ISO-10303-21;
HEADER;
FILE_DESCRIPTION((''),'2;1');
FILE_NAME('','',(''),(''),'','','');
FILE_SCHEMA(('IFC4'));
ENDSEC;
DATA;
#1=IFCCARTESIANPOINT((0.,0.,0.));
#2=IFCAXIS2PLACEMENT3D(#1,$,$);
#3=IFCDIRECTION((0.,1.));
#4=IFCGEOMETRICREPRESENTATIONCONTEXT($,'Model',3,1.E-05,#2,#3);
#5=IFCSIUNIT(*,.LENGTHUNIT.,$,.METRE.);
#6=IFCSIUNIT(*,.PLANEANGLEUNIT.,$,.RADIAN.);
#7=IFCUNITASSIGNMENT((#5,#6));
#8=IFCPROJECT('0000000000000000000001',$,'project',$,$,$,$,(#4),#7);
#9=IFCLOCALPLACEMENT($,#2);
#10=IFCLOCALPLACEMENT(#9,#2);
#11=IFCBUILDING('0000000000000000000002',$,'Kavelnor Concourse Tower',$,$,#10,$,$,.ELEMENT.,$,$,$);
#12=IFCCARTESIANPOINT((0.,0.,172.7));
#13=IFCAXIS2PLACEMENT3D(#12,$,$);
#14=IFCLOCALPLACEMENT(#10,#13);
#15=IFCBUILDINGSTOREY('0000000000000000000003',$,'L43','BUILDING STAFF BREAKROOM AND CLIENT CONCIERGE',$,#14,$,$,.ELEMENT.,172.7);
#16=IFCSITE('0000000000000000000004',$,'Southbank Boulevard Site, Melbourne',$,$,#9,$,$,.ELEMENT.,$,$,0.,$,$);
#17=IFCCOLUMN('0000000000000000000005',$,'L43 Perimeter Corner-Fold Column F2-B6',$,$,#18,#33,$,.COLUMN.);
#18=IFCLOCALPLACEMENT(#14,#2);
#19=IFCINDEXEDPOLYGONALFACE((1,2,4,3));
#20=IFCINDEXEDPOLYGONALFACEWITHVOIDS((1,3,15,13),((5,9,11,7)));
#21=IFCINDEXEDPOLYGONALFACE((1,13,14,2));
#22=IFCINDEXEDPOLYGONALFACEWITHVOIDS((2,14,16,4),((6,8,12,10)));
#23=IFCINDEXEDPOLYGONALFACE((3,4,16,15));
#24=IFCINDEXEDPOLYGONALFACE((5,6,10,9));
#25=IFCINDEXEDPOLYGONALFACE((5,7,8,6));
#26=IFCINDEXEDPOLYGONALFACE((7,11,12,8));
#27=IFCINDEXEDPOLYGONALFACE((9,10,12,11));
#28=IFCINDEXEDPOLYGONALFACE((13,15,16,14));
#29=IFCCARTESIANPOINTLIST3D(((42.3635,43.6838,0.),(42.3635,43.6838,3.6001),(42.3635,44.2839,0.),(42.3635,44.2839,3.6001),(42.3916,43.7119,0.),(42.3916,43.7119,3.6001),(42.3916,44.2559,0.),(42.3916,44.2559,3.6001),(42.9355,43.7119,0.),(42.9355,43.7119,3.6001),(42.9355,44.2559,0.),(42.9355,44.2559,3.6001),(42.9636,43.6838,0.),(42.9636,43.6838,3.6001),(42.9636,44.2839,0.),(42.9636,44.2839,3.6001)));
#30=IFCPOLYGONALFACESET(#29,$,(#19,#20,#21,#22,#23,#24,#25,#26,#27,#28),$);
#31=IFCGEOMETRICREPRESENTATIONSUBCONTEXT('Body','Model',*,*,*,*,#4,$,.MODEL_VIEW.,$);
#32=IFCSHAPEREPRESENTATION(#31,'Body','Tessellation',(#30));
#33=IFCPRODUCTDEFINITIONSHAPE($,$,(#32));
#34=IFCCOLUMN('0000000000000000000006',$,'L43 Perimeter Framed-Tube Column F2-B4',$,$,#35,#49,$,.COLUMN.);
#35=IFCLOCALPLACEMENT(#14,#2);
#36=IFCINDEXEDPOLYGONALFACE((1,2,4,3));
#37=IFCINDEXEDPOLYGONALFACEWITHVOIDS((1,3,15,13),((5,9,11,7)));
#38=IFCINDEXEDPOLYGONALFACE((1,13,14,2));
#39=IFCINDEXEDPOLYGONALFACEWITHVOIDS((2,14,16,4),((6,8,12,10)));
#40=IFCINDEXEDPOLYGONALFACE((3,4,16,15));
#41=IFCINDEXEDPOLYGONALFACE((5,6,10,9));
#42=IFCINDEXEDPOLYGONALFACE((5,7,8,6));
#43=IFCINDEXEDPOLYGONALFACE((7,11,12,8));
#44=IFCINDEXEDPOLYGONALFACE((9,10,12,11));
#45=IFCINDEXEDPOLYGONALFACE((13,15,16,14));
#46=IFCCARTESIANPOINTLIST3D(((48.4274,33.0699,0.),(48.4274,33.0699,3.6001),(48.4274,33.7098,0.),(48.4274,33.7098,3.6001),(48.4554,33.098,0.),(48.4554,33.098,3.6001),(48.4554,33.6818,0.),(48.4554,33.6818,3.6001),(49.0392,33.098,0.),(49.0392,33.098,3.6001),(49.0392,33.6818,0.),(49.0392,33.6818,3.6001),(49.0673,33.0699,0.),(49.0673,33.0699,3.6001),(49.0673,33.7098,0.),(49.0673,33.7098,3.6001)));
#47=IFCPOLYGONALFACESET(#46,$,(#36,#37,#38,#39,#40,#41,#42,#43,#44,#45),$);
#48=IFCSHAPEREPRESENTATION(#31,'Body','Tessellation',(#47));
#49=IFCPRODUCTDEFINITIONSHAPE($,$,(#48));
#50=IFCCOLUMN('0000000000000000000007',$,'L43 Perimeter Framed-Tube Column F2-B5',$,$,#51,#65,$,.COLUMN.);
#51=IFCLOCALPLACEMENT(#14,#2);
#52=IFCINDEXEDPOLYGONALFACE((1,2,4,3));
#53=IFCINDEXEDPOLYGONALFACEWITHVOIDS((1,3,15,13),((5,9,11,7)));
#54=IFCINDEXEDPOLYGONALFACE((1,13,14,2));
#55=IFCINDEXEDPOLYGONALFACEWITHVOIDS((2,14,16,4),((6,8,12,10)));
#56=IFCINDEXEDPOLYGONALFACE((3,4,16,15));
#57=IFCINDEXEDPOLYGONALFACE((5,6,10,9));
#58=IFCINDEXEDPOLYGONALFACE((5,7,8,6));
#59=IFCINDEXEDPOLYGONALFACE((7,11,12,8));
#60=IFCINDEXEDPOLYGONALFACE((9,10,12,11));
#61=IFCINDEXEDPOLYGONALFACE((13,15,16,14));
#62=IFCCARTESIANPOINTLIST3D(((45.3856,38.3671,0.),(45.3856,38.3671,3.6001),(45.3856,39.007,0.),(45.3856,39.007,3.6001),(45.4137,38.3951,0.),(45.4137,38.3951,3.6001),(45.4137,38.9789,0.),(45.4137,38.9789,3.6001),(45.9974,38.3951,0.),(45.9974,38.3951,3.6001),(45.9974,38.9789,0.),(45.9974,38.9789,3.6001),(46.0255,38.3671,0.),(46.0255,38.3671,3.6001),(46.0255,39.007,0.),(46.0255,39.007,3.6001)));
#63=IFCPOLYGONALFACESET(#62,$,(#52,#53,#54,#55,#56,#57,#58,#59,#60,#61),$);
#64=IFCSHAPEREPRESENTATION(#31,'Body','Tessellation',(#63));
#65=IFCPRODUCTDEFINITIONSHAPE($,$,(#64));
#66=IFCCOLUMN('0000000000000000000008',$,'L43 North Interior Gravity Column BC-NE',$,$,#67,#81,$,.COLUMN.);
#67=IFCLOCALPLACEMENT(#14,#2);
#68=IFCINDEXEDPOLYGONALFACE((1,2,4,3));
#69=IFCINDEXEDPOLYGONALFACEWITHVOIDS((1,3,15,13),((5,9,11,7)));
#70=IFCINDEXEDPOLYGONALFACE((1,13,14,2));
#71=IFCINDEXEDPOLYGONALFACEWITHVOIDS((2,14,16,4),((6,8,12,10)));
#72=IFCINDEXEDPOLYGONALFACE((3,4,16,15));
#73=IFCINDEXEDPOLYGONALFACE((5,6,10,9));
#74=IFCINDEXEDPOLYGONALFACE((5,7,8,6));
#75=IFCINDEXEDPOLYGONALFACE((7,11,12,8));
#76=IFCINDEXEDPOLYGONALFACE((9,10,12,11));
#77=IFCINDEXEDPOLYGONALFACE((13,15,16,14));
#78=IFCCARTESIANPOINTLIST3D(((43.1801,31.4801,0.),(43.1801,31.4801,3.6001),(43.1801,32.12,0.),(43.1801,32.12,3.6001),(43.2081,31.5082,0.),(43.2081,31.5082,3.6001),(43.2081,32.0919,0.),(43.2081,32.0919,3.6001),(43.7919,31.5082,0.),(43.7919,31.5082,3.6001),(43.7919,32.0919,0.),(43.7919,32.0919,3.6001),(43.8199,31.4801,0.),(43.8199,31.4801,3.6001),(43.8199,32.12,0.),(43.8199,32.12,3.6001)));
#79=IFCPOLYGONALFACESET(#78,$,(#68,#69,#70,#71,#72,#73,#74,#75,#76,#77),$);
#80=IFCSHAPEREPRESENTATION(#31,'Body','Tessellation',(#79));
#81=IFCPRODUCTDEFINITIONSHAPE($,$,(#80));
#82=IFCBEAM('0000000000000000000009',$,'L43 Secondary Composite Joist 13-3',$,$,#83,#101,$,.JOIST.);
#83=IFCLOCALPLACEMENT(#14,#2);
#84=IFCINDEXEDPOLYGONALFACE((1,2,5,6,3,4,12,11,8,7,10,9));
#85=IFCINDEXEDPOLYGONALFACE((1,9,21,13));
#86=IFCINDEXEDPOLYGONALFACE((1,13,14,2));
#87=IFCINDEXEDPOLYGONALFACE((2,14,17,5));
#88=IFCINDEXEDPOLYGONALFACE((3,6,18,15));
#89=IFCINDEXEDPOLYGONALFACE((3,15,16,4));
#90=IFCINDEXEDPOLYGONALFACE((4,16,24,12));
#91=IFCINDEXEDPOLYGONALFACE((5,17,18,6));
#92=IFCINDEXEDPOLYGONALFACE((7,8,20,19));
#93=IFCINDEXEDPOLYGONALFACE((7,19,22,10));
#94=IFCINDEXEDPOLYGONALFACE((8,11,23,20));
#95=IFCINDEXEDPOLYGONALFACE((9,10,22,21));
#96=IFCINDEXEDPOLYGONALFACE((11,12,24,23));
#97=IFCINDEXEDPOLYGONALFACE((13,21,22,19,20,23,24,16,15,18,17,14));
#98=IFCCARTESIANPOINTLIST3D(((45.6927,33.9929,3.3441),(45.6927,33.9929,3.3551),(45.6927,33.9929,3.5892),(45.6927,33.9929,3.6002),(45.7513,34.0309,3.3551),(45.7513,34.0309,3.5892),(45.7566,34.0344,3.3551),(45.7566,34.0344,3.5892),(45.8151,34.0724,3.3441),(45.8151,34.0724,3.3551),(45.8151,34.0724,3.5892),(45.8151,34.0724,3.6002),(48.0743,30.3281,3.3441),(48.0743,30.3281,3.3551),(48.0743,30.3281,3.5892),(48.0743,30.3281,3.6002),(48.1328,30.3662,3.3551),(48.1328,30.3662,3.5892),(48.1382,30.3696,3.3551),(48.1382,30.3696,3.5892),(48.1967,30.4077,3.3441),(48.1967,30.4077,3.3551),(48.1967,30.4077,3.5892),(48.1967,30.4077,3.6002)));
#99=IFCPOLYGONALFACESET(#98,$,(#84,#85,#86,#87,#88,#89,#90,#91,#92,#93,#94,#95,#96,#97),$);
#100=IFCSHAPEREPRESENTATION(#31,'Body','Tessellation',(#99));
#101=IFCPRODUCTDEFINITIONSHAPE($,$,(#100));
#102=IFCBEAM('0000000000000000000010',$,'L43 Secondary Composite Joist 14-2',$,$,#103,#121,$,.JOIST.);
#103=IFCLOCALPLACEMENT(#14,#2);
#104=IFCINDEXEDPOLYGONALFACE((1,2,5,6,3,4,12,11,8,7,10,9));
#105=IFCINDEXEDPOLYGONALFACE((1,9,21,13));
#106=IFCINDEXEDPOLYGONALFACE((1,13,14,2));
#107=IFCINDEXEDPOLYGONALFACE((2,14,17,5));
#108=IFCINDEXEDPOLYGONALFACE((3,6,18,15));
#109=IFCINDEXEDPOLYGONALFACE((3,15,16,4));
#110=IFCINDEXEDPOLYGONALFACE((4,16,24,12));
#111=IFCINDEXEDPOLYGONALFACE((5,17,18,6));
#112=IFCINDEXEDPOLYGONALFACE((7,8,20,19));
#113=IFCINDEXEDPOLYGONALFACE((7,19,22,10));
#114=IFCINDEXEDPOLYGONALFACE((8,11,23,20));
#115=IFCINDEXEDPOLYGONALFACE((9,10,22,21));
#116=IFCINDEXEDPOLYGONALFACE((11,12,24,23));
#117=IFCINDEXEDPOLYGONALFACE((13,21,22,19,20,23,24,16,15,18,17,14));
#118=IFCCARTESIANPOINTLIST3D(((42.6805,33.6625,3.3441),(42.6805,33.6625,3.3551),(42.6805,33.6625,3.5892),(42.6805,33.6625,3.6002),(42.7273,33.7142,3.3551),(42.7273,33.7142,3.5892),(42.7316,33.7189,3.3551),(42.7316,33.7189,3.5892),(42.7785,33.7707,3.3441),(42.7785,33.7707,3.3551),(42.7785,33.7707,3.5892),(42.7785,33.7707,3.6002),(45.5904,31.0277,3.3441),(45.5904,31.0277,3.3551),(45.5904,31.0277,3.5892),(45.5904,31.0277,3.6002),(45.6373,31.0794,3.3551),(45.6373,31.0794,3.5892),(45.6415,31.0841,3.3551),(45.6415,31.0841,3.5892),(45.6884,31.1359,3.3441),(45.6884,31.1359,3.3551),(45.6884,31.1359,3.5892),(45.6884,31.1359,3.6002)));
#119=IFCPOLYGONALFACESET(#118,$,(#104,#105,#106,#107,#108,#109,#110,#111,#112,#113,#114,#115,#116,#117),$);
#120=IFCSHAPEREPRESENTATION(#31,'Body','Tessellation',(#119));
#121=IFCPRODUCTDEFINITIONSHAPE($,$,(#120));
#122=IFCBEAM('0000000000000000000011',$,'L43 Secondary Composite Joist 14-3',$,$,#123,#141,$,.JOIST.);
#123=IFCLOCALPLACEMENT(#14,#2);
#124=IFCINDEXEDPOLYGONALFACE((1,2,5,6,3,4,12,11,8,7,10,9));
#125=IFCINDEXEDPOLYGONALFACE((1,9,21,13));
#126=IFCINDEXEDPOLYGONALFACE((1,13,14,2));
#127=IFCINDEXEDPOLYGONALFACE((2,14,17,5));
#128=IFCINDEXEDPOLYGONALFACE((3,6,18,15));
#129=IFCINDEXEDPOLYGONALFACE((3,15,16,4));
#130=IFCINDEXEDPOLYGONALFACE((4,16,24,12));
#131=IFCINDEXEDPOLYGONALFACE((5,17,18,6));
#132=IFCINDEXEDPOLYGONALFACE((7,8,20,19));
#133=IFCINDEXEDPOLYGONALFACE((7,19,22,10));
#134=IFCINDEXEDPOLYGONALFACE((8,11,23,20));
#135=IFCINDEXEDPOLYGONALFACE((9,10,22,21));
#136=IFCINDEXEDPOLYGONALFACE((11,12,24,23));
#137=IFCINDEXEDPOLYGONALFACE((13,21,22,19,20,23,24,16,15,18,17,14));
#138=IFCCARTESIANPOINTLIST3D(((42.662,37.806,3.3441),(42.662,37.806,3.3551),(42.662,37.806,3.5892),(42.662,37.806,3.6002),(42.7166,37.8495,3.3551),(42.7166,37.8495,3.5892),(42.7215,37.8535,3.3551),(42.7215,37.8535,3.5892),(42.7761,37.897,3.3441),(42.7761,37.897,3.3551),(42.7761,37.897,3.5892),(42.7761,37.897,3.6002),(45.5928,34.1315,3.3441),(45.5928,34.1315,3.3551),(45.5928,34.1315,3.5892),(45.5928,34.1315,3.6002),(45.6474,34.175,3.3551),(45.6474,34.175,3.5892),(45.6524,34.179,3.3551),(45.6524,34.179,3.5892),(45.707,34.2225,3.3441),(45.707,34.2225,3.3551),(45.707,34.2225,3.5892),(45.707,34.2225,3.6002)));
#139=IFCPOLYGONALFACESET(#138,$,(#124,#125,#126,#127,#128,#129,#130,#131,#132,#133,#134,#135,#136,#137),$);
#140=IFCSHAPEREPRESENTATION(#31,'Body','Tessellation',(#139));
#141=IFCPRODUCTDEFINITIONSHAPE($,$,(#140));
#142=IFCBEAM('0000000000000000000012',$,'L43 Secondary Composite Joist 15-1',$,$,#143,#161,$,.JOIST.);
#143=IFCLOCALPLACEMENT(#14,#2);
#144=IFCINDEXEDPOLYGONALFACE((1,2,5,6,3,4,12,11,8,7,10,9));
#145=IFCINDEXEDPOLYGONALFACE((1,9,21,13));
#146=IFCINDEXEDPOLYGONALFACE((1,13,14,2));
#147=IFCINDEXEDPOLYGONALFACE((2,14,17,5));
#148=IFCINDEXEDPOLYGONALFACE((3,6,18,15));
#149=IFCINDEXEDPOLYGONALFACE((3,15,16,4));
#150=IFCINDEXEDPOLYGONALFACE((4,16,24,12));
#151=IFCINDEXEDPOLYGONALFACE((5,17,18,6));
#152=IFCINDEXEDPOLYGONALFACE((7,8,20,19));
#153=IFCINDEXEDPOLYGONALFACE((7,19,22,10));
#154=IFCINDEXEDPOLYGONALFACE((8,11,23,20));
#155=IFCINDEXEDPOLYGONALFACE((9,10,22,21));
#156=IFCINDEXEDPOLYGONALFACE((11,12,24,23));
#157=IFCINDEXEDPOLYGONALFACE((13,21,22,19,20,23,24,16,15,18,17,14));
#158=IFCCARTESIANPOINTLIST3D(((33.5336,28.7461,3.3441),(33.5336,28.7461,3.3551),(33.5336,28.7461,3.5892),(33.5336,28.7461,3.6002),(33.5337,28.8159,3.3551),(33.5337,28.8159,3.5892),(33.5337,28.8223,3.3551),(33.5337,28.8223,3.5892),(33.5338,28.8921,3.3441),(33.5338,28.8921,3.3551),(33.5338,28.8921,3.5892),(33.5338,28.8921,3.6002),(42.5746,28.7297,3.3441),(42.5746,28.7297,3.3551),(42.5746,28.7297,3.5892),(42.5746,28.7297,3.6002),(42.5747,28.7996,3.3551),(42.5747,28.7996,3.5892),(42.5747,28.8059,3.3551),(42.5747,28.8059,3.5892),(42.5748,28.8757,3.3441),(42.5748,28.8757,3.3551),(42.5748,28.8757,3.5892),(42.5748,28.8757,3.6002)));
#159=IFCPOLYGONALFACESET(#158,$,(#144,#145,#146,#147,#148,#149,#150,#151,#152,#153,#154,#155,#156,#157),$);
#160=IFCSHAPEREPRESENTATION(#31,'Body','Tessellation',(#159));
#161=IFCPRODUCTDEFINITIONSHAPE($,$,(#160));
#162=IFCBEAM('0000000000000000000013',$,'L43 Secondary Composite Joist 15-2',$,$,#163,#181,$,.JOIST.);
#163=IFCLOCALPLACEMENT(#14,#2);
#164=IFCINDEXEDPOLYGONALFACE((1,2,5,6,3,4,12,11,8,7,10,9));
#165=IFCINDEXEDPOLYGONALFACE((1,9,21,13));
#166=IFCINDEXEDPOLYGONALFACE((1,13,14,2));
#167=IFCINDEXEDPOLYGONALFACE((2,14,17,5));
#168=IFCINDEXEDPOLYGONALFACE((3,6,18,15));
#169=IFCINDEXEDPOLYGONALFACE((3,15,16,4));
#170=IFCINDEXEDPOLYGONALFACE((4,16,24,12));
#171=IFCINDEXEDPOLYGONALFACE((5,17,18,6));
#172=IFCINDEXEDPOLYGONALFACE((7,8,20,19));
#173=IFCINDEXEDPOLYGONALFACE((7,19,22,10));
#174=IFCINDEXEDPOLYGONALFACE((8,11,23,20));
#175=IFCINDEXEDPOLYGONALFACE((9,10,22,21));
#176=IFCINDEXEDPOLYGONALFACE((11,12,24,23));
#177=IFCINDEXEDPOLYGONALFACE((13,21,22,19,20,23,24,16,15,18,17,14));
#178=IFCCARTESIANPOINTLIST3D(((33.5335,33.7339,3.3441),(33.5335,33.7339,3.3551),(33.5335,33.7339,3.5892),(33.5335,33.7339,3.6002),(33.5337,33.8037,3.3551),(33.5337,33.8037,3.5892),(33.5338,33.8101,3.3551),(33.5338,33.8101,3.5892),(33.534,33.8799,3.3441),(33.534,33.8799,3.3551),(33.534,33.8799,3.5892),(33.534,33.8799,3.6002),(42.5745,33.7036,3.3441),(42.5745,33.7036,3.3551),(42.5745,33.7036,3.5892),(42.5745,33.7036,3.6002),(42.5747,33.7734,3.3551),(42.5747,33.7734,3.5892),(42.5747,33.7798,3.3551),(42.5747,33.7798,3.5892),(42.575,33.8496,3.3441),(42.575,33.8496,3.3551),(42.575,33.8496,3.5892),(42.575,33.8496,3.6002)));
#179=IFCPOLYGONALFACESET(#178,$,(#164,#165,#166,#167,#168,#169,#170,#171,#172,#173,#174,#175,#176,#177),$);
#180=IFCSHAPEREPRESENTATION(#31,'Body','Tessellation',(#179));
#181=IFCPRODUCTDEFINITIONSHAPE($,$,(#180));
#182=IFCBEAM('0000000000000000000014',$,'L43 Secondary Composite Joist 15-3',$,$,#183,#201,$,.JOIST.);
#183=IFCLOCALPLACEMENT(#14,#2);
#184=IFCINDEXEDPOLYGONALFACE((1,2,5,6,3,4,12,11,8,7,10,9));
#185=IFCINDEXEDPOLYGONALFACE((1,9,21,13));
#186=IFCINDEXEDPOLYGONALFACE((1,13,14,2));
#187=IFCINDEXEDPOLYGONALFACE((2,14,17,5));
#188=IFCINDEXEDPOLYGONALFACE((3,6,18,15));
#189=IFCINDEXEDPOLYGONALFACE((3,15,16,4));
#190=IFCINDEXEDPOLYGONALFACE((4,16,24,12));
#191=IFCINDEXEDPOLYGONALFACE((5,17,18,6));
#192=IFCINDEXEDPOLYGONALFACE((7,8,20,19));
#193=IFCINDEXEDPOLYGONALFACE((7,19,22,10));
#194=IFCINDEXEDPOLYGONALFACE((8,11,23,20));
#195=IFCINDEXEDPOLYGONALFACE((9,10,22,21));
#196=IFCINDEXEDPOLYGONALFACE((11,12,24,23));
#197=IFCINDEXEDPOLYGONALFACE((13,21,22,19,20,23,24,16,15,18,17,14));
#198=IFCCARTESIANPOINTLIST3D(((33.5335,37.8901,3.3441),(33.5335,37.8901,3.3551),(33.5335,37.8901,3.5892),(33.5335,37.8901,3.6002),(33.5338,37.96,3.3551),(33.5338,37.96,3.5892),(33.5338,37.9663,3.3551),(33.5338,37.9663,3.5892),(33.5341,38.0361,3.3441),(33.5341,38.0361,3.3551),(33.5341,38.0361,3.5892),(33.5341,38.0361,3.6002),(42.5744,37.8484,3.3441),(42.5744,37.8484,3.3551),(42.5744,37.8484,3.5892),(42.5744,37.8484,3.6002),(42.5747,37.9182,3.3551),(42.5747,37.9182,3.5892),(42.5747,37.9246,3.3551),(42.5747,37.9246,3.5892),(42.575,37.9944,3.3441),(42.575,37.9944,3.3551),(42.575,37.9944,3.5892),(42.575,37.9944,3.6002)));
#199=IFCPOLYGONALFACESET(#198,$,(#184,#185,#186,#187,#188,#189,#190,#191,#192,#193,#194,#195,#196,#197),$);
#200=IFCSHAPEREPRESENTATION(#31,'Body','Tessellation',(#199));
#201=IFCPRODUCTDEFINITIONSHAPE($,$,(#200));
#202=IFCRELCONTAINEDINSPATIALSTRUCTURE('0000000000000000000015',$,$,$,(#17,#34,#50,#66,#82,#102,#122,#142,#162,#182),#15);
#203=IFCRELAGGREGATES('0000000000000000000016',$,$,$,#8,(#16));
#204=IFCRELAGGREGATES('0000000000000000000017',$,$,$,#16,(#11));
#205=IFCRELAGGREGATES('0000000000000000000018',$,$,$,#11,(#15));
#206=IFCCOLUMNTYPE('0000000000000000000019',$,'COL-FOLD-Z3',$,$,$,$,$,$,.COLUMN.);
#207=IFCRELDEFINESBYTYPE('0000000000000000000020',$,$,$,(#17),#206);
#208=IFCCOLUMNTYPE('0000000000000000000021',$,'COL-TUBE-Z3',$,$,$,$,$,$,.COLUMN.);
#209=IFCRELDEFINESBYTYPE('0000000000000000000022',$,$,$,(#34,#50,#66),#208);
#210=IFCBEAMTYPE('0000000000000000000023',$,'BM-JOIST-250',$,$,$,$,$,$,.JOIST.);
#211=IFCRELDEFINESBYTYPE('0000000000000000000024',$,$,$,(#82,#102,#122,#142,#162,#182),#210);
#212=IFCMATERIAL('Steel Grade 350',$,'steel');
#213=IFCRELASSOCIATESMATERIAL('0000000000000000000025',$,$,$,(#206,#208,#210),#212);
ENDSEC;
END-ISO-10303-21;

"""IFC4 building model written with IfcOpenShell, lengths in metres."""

from ifc_helpers import new_model, si_unit, direction, frame, origin, origin_2d, place, context, subcontext, project, spatial, hollow_rectangle, i_section, extrude, material, material_profile, profile_set, type_object, element, save


model = new_model("IFC4")

# Units and contexts
model_context = context("Model", 3, precision=1e-05, world=origin(), true_north=direction((0.0, 1.0)))
body_context = subcontext(model_context, "Body", "Model", "MODEL_VIEW")
ifc_project = project(units=[si_unit("LENGTHUNIT", "METRE"), si_unit("PLANEANGLEUNIT", "RADIAN")], contexts=[model_context])

# Site, building, storey
site_placement = place(None, origin())
site = spatial("IfcSite", under=ifc_project, at=site_placement, Name="Southbank Boulevard Site, Melbourne", CompositionType="ELEMENT", RefElevation=0.0)
building_placement = place(site_placement, origin())
building = spatial("IfcBuilding", under=site, at=building_placement, Name="Kavelnor Concourse Tower", CompositionType="ELEMENT")
storey_placement = place(building_placement, frame((0.0, 0.0, 172.7)))
storey = spatial("IfcBuildingStorey", under=building, at=storey_placement, Name="L43", Description="BUILDING STAFF BREAKROOM AND CLIENT CONCIERGE", CompositionType="ELEMENT", Elevation=172.7)

# Columns
ifc_material_1 = material(Name="Steel Grade 350", Category="steel")
ifc_material_profile_1 = material_profile(ifc_material_1, hollow_rectangle(XDim=0.6001, YDim=0.6001, WallThickness=0.0281, at=origin_2d()), Name="SHS 600x600x28")
ifc_profile_set_1 = profile_set([ifc_material_profile_1], Name="Steel Grade 350")
column_type_1 = type_object("IfcColumnType", Name="COL-FOLD-Z3", PredefinedType="COLUMN", material=ifc_profile_set_1)
column_placement = place(storey_placement, frame((42.6636, 43.9839, 0.0), z_axis=(0.0, 0.0, 1.0), x_axis=(1.0, 0.0, 0.0)))
element("IfcColumn", 1, at=column_placement, inside=storey, type_object=column_type_1, Name="L43 Perimeter Corner-Fold Column F2-B6", PredefinedType="COLUMN", context=body_context, shape_type="SweptSolid", body=[
    extrude(hollow_rectangle(XDim=0.6001, YDim=0.6001, WallThickness=0.0281, at=origin_2d()), origin(), (0.0, 0.0, 1.0), 3.6001),
])
ifc_material_profile_2 = material_profile(ifc_material_1, hollow_rectangle(XDim=0.6399, YDim=0.6399, WallThickness=0.0281, at=origin_2d()), Name="SHS 640x640x28")
ifc_profile_set_2 = profile_set([ifc_material_profile_2], Name="Steel Grade 350")
column_type_2 = type_object("IfcColumnType", Name="COL-TUBE-Z3", PredefinedType="COLUMN", material=ifc_profile_set_2)
for number, where, z_axis, x_axis, name in (
    (2, (48.7473, 33.3899, 0.0), (0.0, 0.0, 1.0), (1.0, 0.0, 0.0), "L43 Perimeter Framed-Tube Column F2-B4"),
    (3, (45.7056, 38.687, 0.0), (0.0, 0.0, 1.0), (1.0, 0.0, 0.0), "L43 Perimeter Framed-Tube Column F2-B5"),
    (4, (43.5, 31.8, 0.0), (0.0, 0.0, 1.0), (1.0, 0.0, 0.0), "L43 North Interior Gravity Column BC-NE"),
):
    element("IfcColumn", number, at=place(storey_placement, frame(where, z_axis=z_axis, x_axis=x_axis)), inside=storey, type_object=column_type_2, Name=name, PredefinedType="COLUMN", context=body_context, shape_type="SweptSolid", body=[
        extrude(hollow_rectangle(XDim=0.6399, YDim=0.6399, WallThickness=0.0281, at=origin_2d()), origin(), (0.0, 0.0, 1.0), 3.6001),
    ])

# Beams
ifc_material_profile_3 = material_profile(ifc_material_1, i_section(OverallWidth=0.146, OverallDepth=0.2561, WebThickness=0.0063, FlangeThickness=0.011, at=origin_2d()), Name="250UB37")
ifc_profile_set_3 = profile_set([ifc_material_profile_3], Name="Steel Grade 350")
beam_type_1 = type_object("IfcBeamType", Name="BM-JOIST-250", PredefinedType="JOIST", material=ifc_profile_set_3)
beam_1_placement = place(storey_placement, frame((48.1355, 30.3679, 3.4722), z_axis=(-0.544904, 0.838498, 0.0), x_axis=(-0.838498, -0.544904, 0.0)))
element("IfcBeam", 5, at=beam_1_placement, inside=storey, type_object=beam_type_1, Name="L43 Secondary Composite Joist 13-3", PredefinedType="JOIST", context=body_context, shape_type="SweptSolid", body=[
    extrude(i_section(OverallWidth=0.146, OverallDepth=0.2561, WebThickness=0.0063, FlangeThickness=0.011, at=origin_2d()), origin(), (0.0, 0.0, 1.0), 4.3706),
])
beam_2_placement = place(storey_placement, frame((45.6394, 31.0818, 3.4722), z_axis=(-0.741284, 0.671192, 0.0), x_axis=(-0.671192, -0.741284, 0.0)))
element("IfcBeam", 6, at=beam_2_placement, inside=storey, type_object=beam_type_1, Name="L43 Secondary Composite Joist 14-2", PredefinedType="JOIST", context=body_context, shape_type="SweptSolid", body=[
    extrude(i_section(OverallWidth=0.146, OverallDepth=0.2561, WebThickness=0.0063, FlangeThickness=0.011, at=origin_2d()), origin(), (0.0, 0.0, 1.0), 3.9255),
])
beam_3_placement = place(storey_placement, frame((45.6499, 34.177, 3.4722), z_axis=(-0.623561, 0.781775, 0.0), x_axis=(-0.781775, -0.623561, 0.0)))
element("IfcBeam", 7, at=beam_3_placement, inside=storey, type_object=beam_type_1, Name="L43 Secondary Composite Joist 14-3", PredefinedType="JOIST", context=body_context, shape_type="SweptSolid", body=[
    extrude(i_section(OverallWidth=0.146, OverallDepth=0.2561, WebThickness=0.0063, FlangeThickness=0.011, at=origin_2d()), origin(), (0.0, 0.0, 1.0), 4.7002),
])
for number, where, z_axis, x_axis, name in (
    (8, (42.5747, 28.8027, 3.4722), (-0.999998, 0.001809, 0.0), (-0.001809, -0.999998, 0.0), "L43 Secondary Composite Joist 15-1"),
    (9, (42.5747, 33.7766, 3.4722), (-0.999994, 0.003348, 0.0), (-0.003348, -0.999994, 0.0), "L43 Secondary Composite Joist 15-2"),
    (10, (42.5747, 37.9214, 3.4722), (-0.999989, 0.004618, 0.0), (-0.004618, -0.999989, 0.0), "L43 Secondary Composite Joist 15-3"),
):
    element("IfcBeam", number, at=place(storey_placement, frame(where, z_axis=z_axis, x_axis=x_axis)), inside=storey, type_object=beam_type_1, Name=name, PredefinedType="JOIST", context=body_context, shape_type="SweptSolid", body=[
        extrude(i_section(OverallWidth=0.146, OverallDepth=0.2561, WebThickness=0.0063, FlangeThickness=0.011, at=origin_2d()), origin(), (0.0, 0.0, 1.0), 9.041),
    ])

save(model, "model.ifc")
